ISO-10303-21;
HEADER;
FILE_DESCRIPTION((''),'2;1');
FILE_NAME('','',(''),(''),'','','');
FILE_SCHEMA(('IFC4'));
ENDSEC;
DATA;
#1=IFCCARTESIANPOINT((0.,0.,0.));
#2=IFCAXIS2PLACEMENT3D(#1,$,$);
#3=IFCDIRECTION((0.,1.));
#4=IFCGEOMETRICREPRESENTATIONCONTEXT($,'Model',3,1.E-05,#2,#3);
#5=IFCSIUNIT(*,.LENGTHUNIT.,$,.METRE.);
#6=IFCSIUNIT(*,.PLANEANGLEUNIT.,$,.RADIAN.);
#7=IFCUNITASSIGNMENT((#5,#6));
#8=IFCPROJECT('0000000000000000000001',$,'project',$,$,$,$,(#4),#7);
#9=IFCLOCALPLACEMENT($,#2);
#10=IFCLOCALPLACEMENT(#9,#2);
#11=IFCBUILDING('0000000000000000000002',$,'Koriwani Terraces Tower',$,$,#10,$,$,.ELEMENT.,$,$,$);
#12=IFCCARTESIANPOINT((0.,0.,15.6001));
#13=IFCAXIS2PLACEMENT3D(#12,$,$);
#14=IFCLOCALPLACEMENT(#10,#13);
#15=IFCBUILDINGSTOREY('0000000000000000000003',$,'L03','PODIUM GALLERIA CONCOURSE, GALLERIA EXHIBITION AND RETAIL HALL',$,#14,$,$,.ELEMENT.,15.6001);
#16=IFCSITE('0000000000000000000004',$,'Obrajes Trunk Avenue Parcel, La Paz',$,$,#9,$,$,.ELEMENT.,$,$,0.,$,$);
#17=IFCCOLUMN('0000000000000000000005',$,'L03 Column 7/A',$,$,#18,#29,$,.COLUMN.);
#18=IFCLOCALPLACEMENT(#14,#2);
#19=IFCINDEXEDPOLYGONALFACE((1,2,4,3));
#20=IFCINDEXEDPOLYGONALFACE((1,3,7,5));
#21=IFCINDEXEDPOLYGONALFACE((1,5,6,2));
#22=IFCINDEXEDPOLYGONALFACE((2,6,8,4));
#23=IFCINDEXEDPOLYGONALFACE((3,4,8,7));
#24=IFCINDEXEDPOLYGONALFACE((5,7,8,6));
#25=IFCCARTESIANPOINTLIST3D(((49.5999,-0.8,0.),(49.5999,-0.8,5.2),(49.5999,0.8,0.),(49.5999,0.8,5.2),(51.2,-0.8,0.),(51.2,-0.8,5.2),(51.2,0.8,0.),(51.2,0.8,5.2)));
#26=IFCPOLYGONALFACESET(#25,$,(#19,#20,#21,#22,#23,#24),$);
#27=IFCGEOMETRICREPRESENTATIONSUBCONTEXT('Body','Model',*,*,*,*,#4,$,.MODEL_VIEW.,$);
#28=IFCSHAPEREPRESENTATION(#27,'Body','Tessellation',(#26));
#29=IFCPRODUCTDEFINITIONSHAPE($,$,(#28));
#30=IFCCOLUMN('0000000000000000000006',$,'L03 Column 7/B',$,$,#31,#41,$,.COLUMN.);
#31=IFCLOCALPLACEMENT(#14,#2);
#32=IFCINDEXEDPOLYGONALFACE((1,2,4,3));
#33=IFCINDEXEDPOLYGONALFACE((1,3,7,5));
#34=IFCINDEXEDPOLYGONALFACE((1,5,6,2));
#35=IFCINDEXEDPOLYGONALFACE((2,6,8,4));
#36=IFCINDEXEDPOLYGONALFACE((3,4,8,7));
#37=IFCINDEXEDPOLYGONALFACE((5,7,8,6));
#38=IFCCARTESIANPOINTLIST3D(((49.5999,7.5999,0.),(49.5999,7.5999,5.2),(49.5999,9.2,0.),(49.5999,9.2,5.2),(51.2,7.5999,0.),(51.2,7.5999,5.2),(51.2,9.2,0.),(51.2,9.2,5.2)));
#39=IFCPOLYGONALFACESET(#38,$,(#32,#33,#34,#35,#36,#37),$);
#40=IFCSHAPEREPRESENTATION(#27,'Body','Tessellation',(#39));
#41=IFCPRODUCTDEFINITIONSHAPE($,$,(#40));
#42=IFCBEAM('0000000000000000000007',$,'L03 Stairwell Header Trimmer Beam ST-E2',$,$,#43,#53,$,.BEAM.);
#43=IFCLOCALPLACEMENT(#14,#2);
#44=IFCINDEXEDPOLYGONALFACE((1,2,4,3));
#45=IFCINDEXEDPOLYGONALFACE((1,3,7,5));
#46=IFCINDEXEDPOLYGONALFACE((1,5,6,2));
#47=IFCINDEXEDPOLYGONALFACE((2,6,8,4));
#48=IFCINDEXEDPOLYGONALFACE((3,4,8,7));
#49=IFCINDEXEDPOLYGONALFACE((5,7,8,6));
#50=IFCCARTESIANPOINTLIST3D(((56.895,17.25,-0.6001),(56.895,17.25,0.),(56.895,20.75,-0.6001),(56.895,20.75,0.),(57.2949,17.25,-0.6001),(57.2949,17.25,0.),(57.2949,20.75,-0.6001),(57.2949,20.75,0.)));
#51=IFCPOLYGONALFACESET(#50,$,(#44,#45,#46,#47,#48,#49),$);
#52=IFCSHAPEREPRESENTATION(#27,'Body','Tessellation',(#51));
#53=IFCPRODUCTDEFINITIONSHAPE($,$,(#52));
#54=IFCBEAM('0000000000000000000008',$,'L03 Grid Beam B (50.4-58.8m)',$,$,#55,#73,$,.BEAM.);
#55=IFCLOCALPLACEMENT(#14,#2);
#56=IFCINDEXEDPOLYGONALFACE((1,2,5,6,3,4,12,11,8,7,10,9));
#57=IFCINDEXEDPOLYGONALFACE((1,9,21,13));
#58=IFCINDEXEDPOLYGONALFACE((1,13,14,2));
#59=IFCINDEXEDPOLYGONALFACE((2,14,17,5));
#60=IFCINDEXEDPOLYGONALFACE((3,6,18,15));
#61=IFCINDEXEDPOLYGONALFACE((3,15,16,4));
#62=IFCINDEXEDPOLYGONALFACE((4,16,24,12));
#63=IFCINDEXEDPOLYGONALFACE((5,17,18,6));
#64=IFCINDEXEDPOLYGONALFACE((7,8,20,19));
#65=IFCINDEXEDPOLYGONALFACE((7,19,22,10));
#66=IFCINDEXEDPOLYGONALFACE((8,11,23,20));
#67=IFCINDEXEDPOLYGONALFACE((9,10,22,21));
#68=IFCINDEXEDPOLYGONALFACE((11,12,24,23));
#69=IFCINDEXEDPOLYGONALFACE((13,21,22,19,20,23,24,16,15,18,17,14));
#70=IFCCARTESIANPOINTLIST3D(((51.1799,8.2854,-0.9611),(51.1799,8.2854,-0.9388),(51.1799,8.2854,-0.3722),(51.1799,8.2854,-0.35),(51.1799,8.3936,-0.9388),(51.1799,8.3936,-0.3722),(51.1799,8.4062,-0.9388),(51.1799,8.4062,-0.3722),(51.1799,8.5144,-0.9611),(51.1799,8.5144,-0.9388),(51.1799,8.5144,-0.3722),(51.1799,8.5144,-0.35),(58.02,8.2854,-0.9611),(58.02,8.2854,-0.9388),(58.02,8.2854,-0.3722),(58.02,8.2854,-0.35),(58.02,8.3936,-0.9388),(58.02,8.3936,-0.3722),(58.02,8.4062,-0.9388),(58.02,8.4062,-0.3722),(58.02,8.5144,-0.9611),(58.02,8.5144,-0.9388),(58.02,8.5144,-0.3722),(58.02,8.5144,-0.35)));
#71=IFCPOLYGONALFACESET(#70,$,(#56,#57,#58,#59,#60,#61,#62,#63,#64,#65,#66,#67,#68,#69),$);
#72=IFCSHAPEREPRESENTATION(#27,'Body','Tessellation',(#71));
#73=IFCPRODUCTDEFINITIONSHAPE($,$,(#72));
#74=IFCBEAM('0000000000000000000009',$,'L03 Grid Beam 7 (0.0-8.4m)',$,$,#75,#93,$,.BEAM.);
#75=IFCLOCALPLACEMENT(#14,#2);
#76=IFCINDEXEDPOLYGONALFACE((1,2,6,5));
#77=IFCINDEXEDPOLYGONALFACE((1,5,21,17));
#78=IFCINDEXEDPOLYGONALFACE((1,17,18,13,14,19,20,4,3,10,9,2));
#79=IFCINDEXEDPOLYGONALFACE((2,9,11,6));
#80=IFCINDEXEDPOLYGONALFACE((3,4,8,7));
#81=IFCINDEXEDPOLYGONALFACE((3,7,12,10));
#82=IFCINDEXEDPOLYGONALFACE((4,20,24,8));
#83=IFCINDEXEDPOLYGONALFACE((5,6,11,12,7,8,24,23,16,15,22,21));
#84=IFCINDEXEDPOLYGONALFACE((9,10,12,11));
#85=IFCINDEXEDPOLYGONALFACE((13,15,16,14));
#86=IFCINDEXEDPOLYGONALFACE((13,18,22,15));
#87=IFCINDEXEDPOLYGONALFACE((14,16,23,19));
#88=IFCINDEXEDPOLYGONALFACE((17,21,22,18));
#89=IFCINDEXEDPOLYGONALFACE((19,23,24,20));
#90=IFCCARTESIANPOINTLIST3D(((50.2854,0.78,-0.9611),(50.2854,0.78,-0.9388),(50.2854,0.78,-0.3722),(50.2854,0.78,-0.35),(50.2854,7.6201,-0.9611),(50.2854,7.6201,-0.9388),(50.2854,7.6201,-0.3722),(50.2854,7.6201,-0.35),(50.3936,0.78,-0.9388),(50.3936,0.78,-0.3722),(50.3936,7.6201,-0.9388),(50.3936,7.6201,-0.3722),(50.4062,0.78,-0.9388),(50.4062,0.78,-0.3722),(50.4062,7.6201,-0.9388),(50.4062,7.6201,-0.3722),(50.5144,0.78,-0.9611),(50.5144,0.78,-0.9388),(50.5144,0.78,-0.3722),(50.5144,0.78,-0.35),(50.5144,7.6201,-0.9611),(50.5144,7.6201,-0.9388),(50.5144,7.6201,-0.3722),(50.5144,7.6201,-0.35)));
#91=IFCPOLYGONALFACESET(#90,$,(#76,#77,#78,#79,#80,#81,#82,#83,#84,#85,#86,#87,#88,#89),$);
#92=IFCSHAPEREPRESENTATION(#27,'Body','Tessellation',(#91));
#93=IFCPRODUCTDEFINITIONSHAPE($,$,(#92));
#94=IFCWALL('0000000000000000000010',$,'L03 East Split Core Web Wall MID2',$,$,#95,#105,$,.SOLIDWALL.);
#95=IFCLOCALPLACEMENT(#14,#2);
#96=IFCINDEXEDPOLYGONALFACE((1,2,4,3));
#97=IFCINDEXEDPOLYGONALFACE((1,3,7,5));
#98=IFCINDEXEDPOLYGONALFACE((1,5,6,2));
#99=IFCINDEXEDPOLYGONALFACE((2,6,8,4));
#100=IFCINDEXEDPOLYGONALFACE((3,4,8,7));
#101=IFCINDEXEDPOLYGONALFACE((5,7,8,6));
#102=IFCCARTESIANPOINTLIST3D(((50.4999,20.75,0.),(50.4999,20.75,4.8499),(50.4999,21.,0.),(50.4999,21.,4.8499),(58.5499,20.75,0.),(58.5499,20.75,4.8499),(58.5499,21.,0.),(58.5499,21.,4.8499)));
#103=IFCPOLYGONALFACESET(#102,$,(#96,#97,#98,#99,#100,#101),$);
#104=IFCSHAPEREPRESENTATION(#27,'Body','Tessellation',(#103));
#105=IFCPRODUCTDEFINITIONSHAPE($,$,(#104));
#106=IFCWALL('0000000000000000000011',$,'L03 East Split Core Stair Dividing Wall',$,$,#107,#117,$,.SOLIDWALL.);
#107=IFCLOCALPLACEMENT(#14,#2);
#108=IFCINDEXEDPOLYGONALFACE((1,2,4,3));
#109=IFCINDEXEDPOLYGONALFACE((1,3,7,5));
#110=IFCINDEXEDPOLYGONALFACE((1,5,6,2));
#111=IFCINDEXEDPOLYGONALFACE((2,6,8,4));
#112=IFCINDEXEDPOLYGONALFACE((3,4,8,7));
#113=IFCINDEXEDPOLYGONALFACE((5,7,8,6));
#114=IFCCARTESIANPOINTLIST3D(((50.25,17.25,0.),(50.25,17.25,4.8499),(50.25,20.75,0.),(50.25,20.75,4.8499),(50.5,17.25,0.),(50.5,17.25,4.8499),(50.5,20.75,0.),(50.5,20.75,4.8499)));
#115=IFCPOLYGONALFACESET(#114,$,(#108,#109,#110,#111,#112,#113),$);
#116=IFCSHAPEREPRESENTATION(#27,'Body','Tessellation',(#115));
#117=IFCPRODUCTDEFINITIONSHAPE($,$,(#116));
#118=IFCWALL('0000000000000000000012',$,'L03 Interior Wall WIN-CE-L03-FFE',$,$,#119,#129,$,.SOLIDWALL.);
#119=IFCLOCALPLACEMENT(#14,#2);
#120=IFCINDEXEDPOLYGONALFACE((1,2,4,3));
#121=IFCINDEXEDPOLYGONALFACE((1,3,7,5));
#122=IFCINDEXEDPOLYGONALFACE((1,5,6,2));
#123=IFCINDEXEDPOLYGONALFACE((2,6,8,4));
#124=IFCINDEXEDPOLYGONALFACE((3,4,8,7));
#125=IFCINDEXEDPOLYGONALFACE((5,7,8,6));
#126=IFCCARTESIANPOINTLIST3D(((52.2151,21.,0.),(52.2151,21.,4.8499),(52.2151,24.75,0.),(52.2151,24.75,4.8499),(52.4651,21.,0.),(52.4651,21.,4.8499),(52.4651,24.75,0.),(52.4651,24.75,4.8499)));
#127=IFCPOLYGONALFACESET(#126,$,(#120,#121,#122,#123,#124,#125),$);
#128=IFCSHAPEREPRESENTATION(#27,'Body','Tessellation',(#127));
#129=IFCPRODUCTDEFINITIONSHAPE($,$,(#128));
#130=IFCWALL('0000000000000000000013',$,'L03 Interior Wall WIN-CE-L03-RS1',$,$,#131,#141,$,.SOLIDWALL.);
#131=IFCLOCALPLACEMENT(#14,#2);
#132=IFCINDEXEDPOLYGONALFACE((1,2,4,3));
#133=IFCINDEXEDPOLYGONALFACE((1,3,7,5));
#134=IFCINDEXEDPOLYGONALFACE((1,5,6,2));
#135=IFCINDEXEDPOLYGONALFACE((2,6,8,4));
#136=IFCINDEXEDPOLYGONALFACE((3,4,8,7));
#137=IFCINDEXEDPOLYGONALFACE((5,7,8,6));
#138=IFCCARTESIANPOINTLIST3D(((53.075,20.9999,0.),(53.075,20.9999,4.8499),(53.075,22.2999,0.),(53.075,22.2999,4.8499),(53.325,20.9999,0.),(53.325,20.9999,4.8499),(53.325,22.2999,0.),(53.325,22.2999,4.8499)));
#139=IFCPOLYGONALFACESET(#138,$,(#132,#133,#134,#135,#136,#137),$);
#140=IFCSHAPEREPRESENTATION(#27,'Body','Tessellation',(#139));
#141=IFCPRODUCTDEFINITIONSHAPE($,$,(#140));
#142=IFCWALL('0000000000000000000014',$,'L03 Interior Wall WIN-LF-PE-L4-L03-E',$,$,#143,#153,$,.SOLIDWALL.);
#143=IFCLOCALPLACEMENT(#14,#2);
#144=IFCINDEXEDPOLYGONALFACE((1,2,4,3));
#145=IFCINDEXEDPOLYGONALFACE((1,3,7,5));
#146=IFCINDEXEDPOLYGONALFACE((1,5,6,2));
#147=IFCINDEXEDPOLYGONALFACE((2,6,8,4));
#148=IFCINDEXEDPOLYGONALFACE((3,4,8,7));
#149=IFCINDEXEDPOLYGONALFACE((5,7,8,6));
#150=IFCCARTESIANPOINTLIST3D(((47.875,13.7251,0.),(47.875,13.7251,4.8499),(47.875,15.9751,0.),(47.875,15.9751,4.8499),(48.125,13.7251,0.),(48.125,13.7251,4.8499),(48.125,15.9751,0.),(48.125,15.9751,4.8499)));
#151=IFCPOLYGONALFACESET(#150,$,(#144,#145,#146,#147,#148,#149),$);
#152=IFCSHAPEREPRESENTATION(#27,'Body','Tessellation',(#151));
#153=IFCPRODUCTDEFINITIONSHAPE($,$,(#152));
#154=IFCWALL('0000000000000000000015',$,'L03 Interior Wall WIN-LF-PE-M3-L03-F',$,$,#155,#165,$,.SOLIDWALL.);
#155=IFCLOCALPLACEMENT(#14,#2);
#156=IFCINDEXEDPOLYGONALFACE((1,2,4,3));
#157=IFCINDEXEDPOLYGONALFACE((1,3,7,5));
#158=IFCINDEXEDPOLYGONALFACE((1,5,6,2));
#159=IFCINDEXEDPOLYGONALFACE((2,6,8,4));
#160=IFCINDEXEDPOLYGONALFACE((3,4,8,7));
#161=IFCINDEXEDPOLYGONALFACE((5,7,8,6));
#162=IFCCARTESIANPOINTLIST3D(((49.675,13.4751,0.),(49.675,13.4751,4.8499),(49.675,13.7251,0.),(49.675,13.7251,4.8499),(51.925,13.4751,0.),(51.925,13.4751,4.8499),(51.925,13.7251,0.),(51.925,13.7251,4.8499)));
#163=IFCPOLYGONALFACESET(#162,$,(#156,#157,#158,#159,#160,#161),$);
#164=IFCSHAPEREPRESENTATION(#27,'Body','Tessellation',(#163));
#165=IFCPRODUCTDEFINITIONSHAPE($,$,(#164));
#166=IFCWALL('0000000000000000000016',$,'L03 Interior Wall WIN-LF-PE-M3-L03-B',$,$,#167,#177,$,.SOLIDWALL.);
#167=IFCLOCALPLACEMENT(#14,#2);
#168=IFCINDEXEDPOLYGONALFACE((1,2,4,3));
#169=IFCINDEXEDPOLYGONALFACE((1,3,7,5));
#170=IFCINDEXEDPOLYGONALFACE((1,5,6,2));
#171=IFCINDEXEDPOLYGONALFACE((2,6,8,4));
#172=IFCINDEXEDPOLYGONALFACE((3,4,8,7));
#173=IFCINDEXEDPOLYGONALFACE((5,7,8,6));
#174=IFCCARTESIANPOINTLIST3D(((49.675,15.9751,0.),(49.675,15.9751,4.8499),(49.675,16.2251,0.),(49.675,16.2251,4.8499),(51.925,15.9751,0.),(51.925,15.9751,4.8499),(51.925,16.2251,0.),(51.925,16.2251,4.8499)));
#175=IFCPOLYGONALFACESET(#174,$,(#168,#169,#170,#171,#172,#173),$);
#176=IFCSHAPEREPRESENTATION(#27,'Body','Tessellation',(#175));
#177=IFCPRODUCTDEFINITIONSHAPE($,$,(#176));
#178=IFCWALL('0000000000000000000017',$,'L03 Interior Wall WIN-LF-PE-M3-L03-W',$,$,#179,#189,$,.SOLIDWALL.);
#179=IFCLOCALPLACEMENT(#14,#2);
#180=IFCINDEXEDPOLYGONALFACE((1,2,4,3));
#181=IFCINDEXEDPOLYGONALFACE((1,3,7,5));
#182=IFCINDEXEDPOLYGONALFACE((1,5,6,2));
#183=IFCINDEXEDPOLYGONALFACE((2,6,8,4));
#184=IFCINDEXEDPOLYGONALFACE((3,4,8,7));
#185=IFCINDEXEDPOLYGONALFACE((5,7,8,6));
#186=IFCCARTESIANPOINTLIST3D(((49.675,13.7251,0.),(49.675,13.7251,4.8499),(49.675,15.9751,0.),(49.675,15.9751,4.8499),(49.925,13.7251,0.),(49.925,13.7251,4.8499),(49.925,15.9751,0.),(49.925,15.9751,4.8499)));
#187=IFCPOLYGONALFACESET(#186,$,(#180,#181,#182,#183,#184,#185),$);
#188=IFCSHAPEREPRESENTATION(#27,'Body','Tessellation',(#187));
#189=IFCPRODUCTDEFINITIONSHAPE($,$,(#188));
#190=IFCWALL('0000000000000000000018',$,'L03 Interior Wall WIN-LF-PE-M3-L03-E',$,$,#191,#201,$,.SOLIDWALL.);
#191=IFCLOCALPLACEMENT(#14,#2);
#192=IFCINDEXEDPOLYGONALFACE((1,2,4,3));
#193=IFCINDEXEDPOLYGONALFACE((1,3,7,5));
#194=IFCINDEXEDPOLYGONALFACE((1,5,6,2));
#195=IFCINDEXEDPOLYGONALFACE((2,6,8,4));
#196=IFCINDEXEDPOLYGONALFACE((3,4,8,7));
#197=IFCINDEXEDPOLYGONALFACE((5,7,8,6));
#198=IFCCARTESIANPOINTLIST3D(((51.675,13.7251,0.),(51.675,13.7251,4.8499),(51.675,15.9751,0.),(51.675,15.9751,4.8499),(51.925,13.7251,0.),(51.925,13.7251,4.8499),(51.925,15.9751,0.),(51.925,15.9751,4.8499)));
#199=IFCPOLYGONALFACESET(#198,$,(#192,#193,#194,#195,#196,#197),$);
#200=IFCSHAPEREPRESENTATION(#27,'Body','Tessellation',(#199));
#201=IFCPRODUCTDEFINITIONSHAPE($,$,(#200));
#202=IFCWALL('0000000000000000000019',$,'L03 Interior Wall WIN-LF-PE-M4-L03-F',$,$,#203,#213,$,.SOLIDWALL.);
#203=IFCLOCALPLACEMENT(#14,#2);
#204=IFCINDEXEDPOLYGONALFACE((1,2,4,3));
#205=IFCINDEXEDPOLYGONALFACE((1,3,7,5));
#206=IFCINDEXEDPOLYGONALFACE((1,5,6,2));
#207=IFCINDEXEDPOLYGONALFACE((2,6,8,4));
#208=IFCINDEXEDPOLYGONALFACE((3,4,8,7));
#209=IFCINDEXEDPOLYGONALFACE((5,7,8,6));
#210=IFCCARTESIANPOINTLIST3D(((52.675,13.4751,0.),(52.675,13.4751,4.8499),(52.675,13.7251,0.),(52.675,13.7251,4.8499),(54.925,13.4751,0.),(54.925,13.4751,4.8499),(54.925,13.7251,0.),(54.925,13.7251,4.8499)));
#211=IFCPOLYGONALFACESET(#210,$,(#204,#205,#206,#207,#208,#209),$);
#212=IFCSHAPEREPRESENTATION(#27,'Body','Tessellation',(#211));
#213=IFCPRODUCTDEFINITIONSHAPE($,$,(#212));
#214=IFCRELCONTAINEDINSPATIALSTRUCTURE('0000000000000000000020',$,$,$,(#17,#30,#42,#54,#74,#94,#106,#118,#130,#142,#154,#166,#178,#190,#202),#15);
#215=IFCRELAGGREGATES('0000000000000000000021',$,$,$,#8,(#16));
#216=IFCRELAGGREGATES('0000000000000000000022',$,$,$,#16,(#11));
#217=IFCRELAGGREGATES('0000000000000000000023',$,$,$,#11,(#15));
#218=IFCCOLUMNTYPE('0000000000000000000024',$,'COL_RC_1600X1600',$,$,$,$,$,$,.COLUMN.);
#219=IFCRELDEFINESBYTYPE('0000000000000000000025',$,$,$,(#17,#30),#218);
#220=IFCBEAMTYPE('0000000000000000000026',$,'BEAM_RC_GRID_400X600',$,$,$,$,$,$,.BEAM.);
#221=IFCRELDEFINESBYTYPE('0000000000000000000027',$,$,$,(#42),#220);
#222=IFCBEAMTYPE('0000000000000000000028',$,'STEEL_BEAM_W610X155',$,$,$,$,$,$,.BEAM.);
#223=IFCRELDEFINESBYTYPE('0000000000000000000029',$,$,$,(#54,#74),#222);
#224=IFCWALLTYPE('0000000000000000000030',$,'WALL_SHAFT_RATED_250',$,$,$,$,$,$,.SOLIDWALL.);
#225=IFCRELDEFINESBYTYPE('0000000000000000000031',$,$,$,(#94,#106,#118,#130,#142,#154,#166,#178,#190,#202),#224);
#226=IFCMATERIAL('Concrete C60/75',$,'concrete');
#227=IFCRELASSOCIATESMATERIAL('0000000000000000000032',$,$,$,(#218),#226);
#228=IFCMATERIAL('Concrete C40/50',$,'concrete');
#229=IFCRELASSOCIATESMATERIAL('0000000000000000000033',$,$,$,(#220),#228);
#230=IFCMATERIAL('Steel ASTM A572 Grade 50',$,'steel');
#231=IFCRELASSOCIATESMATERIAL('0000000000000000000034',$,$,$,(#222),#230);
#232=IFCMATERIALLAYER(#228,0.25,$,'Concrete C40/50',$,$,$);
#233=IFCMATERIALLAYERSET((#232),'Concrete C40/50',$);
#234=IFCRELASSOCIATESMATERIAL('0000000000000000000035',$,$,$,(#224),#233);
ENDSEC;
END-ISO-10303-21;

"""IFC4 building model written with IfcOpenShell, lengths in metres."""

from ifc_helpers import new_model, si_unit, direction, frame, frame_2d, origin, origin_2d, place, context, subcontext, project, spatial, rectangle, i_section, extrude, material, layer, layer_set, material_profile, profile_set, type_object, element, save


model = new_model("IFC4")

# Units and contexts
model_context = context("Model", 3, precision=1e-05, world=origin(), true_north=direction((0.0, 1.0)))
body_context = subcontext(model_context, "Body", "Model", "MODEL_VIEW")
ifc_project = project(units=[si_unit("LENGTHUNIT", "METRE"), si_unit("PLANEANGLEUNIT", "RADIAN")], contexts=[model_context])

# Site, building, storey
site_placement = place(None, origin())
site = spatial("IfcSite", under=ifc_project, at=site_placement, Name="Obrajes Trunk Avenue Parcel, La Paz", CompositionType="ELEMENT", RefElevation=0.0)
building_placement = place(site_placement, origin())
building = spatial("IfcBuilding", under=site, at=building_placement, Name="Koriwani Terraces Tower", CompositionType="ELEMENT")
storey_placement = place(building_placement, frame((0.0, 0.0, 15.6001)))
storey = spatial("IfcBuildingStorey", under=building, at=storey_placement, Name="L03", Description="PODIUM GALLERIA CONCOURSE, GALLERIA EXHIBITION AND RETAIL HALL", CompositionType="ELEMENT", Elevation=15.6001)

# Columns
ifc_material_1 = material(Name="Concrete C60/75", Category="concrete")
ifc_material_profile_1 = material_profile(ifc_material_1, rectangle(XDim=1.6001, YDim=1.6001, at=origin_2d()), Name="Concrete C60/75", Category="LoadBearing")
ifc_profile_set_1 = profile_set([ifc_material_profile_1], Name="Concrete C60/75")
column_type = type_object("IfcColumnType", Name="COL_RC_1600X1600", PredefinedType="COLUMN", material=ifc_profile_set_1)
for number, where, z_axis, x_axis, name in (
    (1, (50.3999, 0.0, 0.0), (0.0, 0.0, 1.0), (1.0, 0.0, 0.0), "L03 Column 7/A"),
    (2, (50.3999, 8.3999, 0.0), (0.0, 0.0, 1.0), (1.0, 0.0, 0.0), "L03 Column 7/B"),
):
    element("IfcColumn", number, at=place(storey_placement, frame(where, z_axis=z_axis, x_axis=x_axis)), inside=storey, type_object=column_type, Name=name, PredefinedType="COLUMN", context=body_context, shape_type="SweptSolid", body=[
        extrude(rectangle(XDim=1.6001, YDim=1.6001, at=origin_2d()), origin(), (0.0, 0.0, 1.0), 5.2),
    ])

# Beams
ifc_material_2 = material(Name="Concrete C40/50", Category="concrete")
ifc_material_profile_2 = material_profile(ifc_material_2, rectangle(XDim=0.3999, YDim=0.6001, at=origin_2d()), Name="Concrete C40/50", Category="LoadBearing")
ifc_profile_set_2 = profile_set([ifc_material_profile_2], Name="Concrete C40/50")
beam_type_1 = type_object("IfcBeamType", Name="BEAM_RC_GRID_400X600", PredefinedType="BEAM", material=ifc_profile_set_2)
beam_placement = place(storey_placement, frame((57.095, 17.25, -0.3), z_axis=(0.0, 1.0, 0.0), x_axis=(-1.0, 0.0, 0.0)))
element("IfcBeam", 3, at=beam_placement, inside=storey, type_object=beam_type_1, Name="L03 Stairwell Header Trimmer Beam ST-E2", PredefinedType="BEAM", context=body_context, shape_type="SweptSolid", body=[
    extrude(rectangle(XDim=0.3999, YDim=0.6001, at=origin_2d()), origin(), (0.0, 0.0, 1.0), 3.5),
])
ifc_material_3 = material(Name="Steel ASTM A572 Grade 50", Category="steel")
ifc_material_profile_3 = material_profile(ifc_material_3, i_section(OverallWidth=0.229, OverallDepth=0.6111, WebThickness=0.0127, FlangeThickness=0.0222, at=origin_2d()), Name="Steel ASTM A572 Grade 50", Category="LoadBearing")
ifc_profile_set_3 = profile_set([ifc_material_profile_3], Name="Steel ASTM A572 Grade 50")
beam_type_2 = type_object("IfcBeamType", Name="STEEL_BEAM_W610X155", PredefinedType="BEAM", material=ifc_profile_set_3)
for number, where, z_axis, x_axis, name in (
    (4, (51.1799, 8.3999, -0.6555), (1.0, 0.0, 0.0), (0.0, 1.0, 0.0), "L03 Grid Beam B (50.4-58.8m)"),
    (5, (50.3999, 0.78, -0.6555), (0.0, 1.0, 0.0), (-1.0, 0.0, 0.0), "L03 Grid Beam 7 (0.0-8.4m)"),
):
    element("IfcBeam", number, at=place(storey_placement, frame(where, z_axis=z_axis, x_axis=x_axis)), inside=storey, type_object=beam_type_2, Name=name, PredefinedType="BEAM", context=body_context, shape_type="SweptSolid", body=[
        extrude(i_section(OverallWidth=0.229, OverallDepth=0.6111, WebThickness=0.0127, FlangeThickness=0.0222, at=origin_2d()), origin(), (0.0, 0.0, 1.0), 6.8401),
    ])

# Walls
ifc_layer_1 = layer(ifc_material_2, 0.25, Name="Concrete C40/50")
ifc_layer_set_1 = layer_set([ifc_layer_1], Name="Concrete C40/50")
wall_type_1 = type_object("IfcWallType", Name="WALL_SHAFT_RATED_250", PredefinedType="SOLIDWALL", material=ifc_layer_set_1)
wall_1_placement = place(storey_placement, frame((50.5, 20.875, 0.0), z_axis=(0.0, 0.0, 1.0), x_axis=(1.0, 0.0, 0.0)))
element("IfcWall", 6, at=wall_1_placement, inside=storey, type_object=wall_type_1, Name="L03 East Split Core Web Wall MID2", PredefinedType="SOLIDWALL", context=body_context, shape_type="SweptSolid", body=[
    extrude(rectangle(XDim=8.05, YDim=0.25, at=frame_2d((4.0249, 0.0))), origin(), (0.0, 0.0, 1.0), 4.8499),
])
wall_2_placement = place(storey_placement, frame((50.375, 17.25, 0.0), z_axis=(0.0, 0.0, 1.0), x_axis=(0.0, 1.0, 0.0)))
element("IfcWall", 7, at=wall_2_placement, inside=storey, type_object=wall_type_1, Name="L03 East Split Core Stair Dividing Wall", PredefinedType="SOLIDWALL", context=body_context, shape_type="SweptSolid", body=[
    extrude(rectangle(XDim=3.5, YDim=0.25, at=frame_2d((1.75, 0.0))), origin(), (0.0, 0.0, 1.0), 4.8499),
])

# Walls
wall_3_placement = place(storey_placement, frame((52.3401, 21.0, 0.0), z_axis=(0.0, 0.0, 1.0), x_axis=(0.0, 1.0, 0.0)))
element("IfcWall", 8, at=wall_3_placement, inside=storey, type_object=wall_type_1, Name="L03 Interior Wall WIN-CE-L03-FFE", PredefinedType="SOLIDWALL", context=body_context, shape_type="SweptSolid", body=[
    extrude(rectangle(XDim=3.75, YDim=0.25, at=frame_2d((1.875, 0.0))), origin(), (0.0, 0.0, 1.0), 4.8499),
])
wall_4_placement = place(storey_placement, frame((53.2, 21.0, 0.0), z_axis=(0.0, 0.0, 1.0), x_axis=(0.0, 1.0, 0.0)))
element("IfcWall", 9, at=wall_4_placement, inside=storey, type_object=wall_type_1, Name="L03 Interior Wall WIN-CE-L03-RS1", PredefinedType="SOLIDWALL", context=body_context, shape_type="SweptSolid", body=[
    extrude(rectangle(XDim=1.3, YDim=0.25, at=frame_2d((0.6499, 0.0))), origin(), (0.0, 0.0, 1.0), 4.8499),
])
for number, where, z_axis, x_axis, name in (
    (10, (48.0, 13.7251, 0.0), (0.0, 0.0, 1.0), (0.0, 1.0, 0.0), "L03 Interior Wall WIN-LF-PE-L4-L03-E"),
    (11, (49.675, 13.6001, 0.0), (0.0, 0.0, 1.0), (1.0, 0.0, 0.0), "L03 Interior Wall WIN-LF-PE-M3-L03-F"),
    (12, (49.675, 16.1001, 0.0), (0.0, 0.0, 1.0), (1.0, 0.0, 0.0), "L03 Interior Wall WIN-LF-PE-M3-L03-B"),
    (13, (49.8, 13.7251, 0.0), (0.0, 0.0, 1.0), (0.0, 1.0, 0.0), "L03 Interior Wall WIN-LF-PE-M3-L03-W"),
    (14, (51.8, 13.7251, 0.0), (0.0, 0.0, 1.0), (0.0, 1.0, 0.0), "L03 Interior Wall WIN-LF-PE-M3-L03-E"),
    (15, (52.675, 13.6001, 0.0), (0.0, 0.0, 1.0), (1.0, 0.0, 0.0), "L03 Interior Wall WIN-LF-PE-M4-L03-F"),
):
    element("IfcWall", number, at=place(storey_placement, frame(where, z_axis=z_axis, x_axis=x_axis)), inside=storey, type_object=wall_type_1, Name=name, PredefinedType="SOLIDWALL", context=body_context, shape_type="SweptSolid", body=[
        extrude(rectangle(XDim=2.25, YDim=0.25, at=frame_2d((1.125, 0.0))), origin(), (0.0, 0.0, 1.0), 4.8499),
    ])

save(model, "model.ifc")
